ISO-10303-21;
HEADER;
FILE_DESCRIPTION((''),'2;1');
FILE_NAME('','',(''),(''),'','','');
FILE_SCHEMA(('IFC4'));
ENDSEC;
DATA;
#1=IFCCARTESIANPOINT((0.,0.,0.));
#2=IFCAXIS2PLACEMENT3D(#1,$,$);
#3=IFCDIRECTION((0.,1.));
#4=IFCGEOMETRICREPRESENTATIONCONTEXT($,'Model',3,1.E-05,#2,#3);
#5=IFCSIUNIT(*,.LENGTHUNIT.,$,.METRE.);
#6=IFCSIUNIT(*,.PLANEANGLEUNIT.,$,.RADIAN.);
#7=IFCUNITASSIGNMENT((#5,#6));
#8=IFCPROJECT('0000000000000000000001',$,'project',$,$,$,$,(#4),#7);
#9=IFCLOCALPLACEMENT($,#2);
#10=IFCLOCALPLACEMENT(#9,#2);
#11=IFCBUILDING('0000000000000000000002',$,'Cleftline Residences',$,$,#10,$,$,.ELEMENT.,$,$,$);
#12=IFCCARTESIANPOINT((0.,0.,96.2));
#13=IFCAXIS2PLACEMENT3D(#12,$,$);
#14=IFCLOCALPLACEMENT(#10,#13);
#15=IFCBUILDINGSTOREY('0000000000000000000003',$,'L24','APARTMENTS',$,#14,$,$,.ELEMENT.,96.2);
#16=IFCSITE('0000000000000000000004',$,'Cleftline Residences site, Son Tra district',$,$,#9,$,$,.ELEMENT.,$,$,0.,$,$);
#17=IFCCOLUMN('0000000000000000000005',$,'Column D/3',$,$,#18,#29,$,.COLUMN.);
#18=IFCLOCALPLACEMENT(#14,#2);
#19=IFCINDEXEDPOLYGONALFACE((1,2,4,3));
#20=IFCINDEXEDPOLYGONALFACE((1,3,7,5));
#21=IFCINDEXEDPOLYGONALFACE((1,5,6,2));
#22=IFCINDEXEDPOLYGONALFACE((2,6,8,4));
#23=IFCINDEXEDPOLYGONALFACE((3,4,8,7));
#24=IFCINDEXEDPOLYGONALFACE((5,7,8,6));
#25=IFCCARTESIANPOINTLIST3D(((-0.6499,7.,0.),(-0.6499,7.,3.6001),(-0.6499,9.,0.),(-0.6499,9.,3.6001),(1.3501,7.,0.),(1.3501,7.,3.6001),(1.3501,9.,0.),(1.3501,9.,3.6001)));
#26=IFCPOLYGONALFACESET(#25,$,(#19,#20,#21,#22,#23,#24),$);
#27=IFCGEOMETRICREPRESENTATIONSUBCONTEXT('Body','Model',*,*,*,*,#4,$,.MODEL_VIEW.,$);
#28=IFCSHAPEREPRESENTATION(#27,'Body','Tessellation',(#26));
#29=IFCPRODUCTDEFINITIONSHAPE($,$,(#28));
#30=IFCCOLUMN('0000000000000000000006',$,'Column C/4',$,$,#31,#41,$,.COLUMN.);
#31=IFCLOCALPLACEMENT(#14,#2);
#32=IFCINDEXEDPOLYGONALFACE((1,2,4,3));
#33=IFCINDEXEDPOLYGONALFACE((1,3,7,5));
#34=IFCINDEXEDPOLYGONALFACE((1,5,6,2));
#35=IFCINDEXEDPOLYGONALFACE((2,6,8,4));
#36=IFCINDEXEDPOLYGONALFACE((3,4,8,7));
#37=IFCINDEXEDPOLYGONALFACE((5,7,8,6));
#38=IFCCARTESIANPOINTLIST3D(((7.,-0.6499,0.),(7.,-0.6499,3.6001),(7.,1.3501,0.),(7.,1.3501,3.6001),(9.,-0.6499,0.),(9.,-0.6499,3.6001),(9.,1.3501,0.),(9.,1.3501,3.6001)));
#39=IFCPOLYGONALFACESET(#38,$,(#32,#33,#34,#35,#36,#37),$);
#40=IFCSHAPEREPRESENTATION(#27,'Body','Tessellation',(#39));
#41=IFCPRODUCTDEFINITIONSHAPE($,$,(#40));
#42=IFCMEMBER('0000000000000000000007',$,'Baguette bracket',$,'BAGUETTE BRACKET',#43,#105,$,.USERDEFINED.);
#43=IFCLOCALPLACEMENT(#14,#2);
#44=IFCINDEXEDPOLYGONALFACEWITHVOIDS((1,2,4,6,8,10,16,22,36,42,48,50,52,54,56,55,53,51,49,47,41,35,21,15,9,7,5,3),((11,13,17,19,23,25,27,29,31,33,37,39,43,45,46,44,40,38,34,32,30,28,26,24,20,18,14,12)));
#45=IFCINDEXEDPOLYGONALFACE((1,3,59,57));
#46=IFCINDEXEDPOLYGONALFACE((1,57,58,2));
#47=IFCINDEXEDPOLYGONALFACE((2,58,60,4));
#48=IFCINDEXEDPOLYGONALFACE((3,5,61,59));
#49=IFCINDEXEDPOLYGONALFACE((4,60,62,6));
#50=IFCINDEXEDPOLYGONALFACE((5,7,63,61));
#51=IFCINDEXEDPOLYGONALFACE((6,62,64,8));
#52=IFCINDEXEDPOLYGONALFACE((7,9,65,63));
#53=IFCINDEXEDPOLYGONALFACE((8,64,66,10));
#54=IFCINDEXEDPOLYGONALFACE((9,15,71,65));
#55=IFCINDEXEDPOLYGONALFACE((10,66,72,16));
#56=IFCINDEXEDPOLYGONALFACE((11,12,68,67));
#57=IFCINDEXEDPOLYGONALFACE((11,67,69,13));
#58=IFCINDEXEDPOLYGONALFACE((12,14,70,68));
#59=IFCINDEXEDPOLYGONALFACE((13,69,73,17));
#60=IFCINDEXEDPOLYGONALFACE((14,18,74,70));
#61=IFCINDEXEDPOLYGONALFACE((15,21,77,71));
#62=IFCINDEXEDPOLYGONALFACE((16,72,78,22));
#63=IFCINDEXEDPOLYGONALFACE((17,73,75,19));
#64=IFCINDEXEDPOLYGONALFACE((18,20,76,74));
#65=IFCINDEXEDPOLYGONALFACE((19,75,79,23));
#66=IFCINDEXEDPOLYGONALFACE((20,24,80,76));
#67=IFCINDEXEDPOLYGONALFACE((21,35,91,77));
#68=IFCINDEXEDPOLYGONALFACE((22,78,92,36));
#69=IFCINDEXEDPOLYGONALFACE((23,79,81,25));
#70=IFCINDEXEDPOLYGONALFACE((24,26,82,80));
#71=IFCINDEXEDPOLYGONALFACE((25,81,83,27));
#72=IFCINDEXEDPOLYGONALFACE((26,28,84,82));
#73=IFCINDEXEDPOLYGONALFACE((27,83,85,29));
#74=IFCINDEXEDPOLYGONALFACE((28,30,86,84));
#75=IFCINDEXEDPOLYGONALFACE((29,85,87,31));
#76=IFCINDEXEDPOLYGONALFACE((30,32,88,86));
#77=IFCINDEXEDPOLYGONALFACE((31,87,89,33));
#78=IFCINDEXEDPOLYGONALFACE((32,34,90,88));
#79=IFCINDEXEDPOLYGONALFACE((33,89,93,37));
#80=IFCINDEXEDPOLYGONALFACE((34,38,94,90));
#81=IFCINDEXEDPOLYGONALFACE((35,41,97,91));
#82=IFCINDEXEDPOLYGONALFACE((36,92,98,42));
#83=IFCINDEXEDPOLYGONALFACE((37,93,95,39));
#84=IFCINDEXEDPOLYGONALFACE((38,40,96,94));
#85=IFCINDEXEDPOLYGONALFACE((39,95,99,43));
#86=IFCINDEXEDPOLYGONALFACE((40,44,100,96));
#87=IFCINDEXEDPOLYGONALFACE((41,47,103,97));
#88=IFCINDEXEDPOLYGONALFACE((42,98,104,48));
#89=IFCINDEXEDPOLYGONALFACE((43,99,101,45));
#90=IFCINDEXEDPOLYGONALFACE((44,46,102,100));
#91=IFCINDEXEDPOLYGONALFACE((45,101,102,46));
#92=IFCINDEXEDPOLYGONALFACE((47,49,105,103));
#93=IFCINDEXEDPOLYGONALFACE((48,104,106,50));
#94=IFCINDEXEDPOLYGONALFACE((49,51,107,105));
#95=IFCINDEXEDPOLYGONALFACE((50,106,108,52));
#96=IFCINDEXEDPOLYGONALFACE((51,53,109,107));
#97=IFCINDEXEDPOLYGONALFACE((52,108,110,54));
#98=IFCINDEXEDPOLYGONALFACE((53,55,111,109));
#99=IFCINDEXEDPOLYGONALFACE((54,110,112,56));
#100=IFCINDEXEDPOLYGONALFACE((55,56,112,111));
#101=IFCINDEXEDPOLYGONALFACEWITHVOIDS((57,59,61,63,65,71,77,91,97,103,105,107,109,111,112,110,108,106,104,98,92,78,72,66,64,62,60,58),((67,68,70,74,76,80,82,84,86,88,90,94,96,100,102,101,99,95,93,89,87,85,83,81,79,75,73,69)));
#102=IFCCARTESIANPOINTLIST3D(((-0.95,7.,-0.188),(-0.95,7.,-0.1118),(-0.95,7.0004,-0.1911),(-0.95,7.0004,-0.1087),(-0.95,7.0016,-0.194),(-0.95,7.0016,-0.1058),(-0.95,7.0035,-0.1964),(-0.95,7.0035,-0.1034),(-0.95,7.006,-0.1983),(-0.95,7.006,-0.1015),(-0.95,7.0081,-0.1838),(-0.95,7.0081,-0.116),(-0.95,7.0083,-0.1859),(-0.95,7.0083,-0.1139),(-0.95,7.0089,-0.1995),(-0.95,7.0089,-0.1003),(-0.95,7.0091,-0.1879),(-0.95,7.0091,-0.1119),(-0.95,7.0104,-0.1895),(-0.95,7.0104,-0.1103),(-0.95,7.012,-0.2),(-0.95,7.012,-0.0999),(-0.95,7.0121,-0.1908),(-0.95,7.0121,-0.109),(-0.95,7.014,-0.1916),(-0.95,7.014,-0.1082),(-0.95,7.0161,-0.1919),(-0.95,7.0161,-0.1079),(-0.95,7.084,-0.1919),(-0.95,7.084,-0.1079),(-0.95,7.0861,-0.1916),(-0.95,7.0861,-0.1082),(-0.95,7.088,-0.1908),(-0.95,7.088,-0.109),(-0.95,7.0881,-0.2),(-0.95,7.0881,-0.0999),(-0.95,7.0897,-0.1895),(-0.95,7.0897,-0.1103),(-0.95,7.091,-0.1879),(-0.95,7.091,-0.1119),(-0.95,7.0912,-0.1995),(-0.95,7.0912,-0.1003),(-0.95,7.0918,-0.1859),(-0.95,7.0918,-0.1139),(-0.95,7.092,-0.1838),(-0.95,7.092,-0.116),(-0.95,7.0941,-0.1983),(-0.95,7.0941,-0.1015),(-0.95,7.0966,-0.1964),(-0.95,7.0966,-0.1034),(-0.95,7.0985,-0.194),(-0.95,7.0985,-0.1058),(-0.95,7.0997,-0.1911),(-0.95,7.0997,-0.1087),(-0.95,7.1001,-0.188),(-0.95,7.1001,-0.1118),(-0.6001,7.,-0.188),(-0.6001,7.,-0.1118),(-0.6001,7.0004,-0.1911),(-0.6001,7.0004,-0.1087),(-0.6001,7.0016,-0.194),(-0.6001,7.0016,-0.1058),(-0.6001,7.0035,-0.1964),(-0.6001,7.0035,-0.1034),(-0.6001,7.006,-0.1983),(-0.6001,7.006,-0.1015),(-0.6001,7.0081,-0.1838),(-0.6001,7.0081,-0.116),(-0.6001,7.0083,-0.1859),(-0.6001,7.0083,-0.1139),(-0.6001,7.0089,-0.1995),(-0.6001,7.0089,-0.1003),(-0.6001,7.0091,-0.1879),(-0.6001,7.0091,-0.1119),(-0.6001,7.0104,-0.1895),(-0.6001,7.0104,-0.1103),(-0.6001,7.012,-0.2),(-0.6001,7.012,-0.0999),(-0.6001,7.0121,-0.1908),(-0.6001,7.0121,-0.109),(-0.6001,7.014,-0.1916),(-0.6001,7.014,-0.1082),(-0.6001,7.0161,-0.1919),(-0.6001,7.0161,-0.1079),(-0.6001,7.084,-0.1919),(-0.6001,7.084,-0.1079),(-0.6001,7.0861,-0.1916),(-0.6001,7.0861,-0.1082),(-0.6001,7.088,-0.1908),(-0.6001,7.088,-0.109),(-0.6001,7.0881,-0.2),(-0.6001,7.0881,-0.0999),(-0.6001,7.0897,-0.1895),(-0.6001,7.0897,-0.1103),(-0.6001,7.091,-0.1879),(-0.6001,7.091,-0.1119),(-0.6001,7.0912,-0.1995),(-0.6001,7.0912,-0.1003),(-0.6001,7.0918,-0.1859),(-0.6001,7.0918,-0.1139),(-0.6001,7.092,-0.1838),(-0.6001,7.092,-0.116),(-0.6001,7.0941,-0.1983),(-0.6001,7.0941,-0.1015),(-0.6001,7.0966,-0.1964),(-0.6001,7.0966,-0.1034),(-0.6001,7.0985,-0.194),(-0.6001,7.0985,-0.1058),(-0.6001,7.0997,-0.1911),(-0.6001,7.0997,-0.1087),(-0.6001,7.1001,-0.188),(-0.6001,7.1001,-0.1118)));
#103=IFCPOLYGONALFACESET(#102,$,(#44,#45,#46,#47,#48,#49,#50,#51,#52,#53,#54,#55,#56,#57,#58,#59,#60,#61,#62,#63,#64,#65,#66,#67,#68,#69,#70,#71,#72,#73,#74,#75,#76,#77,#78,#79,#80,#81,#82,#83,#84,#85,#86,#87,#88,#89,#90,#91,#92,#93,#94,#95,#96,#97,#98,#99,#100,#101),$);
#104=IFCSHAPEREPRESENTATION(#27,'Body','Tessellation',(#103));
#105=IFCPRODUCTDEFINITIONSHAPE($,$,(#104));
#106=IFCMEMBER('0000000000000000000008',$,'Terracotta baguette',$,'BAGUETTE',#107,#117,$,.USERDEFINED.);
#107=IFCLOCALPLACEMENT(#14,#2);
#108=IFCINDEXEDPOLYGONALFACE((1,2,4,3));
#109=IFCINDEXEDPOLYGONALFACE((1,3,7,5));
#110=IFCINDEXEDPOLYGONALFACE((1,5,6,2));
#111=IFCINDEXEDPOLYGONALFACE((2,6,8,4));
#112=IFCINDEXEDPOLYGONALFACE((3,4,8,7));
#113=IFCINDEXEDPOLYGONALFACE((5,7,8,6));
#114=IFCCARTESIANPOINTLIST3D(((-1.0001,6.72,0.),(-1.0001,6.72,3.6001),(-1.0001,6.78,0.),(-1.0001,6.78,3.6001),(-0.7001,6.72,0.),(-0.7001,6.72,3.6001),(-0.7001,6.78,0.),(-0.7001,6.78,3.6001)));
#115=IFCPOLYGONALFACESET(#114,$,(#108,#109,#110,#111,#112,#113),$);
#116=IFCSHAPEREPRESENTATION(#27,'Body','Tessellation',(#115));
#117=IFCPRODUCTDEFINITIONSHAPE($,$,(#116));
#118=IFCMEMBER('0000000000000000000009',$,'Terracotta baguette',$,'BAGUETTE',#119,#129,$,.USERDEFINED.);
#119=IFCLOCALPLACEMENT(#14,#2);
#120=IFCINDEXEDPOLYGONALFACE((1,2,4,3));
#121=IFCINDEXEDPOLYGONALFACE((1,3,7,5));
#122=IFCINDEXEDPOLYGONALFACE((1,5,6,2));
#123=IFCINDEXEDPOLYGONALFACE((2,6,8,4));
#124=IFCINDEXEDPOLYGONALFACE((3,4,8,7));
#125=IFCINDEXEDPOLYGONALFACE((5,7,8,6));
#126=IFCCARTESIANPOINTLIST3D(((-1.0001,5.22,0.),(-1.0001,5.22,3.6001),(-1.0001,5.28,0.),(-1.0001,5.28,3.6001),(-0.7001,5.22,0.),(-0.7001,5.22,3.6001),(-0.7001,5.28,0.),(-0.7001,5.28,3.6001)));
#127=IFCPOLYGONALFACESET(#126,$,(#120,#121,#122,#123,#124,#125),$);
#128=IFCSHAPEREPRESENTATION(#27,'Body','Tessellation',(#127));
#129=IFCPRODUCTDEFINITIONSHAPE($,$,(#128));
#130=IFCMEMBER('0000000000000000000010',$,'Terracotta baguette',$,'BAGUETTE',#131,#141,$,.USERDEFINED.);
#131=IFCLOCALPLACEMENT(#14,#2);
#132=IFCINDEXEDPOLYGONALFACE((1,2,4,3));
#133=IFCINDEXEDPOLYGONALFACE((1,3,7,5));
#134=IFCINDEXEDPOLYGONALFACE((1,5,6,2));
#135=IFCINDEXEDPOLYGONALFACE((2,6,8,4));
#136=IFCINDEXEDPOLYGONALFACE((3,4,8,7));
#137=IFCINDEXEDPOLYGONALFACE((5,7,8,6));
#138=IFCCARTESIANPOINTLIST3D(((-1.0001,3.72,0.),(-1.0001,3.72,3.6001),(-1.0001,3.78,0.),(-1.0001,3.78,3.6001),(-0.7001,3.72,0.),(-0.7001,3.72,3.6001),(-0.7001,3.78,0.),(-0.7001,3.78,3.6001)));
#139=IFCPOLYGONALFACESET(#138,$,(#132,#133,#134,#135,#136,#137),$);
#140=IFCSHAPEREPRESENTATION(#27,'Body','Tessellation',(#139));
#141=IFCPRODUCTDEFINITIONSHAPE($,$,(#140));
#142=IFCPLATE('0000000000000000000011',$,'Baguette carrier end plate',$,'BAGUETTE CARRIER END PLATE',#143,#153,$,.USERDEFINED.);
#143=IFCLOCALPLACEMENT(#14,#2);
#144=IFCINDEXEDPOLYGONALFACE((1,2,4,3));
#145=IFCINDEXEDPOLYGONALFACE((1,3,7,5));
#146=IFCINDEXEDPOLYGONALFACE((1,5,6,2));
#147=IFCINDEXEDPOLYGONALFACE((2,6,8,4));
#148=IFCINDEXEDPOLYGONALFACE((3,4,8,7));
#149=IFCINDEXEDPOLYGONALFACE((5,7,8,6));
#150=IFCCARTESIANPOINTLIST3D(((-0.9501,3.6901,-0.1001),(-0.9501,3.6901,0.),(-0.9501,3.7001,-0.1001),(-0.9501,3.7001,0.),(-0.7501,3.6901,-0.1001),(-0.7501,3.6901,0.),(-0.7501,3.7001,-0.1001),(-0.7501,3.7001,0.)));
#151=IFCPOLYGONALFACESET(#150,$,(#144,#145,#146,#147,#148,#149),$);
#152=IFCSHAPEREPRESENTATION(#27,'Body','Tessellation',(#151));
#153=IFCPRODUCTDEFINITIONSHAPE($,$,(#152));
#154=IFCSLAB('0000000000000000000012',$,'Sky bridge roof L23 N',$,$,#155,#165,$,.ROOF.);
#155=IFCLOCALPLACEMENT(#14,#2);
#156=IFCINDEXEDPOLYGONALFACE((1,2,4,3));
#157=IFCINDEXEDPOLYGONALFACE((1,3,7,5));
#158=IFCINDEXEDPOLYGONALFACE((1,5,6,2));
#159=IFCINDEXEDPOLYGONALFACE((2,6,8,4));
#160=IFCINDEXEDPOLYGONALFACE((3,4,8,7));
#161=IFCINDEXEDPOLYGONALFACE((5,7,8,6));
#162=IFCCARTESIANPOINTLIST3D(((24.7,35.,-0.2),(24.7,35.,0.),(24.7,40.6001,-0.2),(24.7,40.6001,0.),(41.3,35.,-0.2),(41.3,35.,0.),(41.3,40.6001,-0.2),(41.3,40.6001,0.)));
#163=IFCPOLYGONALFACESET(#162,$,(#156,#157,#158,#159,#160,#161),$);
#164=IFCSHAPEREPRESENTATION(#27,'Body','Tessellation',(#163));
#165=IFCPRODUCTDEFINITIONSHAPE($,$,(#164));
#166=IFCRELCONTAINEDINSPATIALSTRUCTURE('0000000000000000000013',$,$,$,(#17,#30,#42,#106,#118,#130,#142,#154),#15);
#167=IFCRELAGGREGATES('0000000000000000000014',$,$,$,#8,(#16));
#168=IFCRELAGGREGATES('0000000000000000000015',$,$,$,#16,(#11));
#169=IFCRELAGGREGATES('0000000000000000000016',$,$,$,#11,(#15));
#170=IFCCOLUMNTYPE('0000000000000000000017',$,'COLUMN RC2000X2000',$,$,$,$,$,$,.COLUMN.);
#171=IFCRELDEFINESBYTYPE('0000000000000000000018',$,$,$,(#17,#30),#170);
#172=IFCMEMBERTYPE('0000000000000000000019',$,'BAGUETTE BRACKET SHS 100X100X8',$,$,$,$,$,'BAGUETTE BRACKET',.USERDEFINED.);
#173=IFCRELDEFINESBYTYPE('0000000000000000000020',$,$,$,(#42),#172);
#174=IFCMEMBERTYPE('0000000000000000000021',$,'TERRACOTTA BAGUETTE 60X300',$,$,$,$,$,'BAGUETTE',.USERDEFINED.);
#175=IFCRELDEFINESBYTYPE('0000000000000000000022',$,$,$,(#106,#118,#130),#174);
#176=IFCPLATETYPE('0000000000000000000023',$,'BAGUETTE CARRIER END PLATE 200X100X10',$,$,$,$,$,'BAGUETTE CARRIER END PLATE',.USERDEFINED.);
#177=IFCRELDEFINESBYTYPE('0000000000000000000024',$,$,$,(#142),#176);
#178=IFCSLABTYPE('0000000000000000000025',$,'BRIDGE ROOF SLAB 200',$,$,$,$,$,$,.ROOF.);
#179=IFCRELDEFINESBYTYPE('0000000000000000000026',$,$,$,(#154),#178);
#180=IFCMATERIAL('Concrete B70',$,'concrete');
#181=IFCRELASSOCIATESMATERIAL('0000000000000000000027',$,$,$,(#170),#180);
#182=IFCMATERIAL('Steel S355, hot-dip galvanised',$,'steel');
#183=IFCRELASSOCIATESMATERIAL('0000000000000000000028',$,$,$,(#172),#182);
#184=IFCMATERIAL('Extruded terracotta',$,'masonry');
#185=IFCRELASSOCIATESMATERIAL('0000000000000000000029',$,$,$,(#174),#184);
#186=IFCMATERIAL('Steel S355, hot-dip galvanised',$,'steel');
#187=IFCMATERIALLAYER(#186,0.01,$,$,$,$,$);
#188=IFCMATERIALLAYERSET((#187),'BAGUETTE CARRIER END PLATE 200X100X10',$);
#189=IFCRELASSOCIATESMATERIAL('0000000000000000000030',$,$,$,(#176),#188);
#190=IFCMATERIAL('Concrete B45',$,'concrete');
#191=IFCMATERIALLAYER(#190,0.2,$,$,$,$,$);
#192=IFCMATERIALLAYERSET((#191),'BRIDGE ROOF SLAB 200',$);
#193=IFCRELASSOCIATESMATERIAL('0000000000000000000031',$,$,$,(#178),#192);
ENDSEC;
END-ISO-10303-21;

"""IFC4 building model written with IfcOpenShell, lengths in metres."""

from ifc_helpers import new_model, si_unit, direction, frame, origin, origin_2d, place, context, subcontext, project, spatial, polyline, rectangle, hollow_rectangle, outline, extrude, material, layer, layer_set, material_profile, profile_set, type_object, element, save


model = new_model("IFC4")

# Units and contexts
model_context = context("Model", 3, precision=1e-05, world=origin(), true_north=direction((0.0, 1.0)))
body_context = subcontext(model_context, "Body", "Model", "MODEL_VIEW")
ifc_project = project(units=[si_unit("LENGTHUNIT", "METRE"), si_unit("PLANEANGLEUNIT", "RADIAN")], contexts=[model_context])

# Site, building, storey
site_placement = place(None, origin())
site = spatial("IfcSite", under=ifc_project, at=site_placement, Name="Cleftline Residences site, Son Tra district", CompositionType="ELEMENT", RefElevation=0.0)
building_placement = place(site_placement, origin())
building = spatial("IfcBuilding", under=site, at=building_placement, Name="Cleftline Residences", CompositionType="ELEMENT")
storey_placement = place(building_placement, frame((0.0, 0.0, 96.2)))
storey = spatial("IfcBuildingStorey", under=building, at=storey_placement, Name="L24", Description="APARTMENTS", CompositionType="ELEMENT", Elevation=96.2)

# Columns
ifc_material_1 = material(Name="Concrete B70", Category="concrete")
ifc_material_profile_1 = material_profile(ifc_material_1, rectangle(XDim=2.0, YDim=2.0, at=origin_2d()))
ifc_profile_set_1 = profile_set([ifc_material_profile_1], Name="Concrete B70")
column_type = type_object("IfcColumnType", Name="COLUMN RC2000X2000", PredefinedType="COLUMN", material=ifc_profile_set_1)
for number, where, z_axis, x_axis, name in (
    (1, (0.3501, 8.0, 0.0), (0.0, 0.0, 1.0), (1.0, 0.0, 0.0), "Column D/3"),
    (2, (8.0, 0.3501, 0.0), (0.0, 0.0, 1.0), (1.0, 0.0, 0.0), "Column C/4"),
):
    element("IfcColumn", number, at=place(storey_placement, frame(where, z_axis=z_axis, x_axis=x_axis)), inside=storey, type_object=column_type, Name=name, PredefinedType="COLUMN", context=body_context, shape_type="SweptSolid", body=[
        extrude(rectangle(XDim=2.0, YDim=2.0, at=origin_2d()), origin(), (0.0, 0.0, 1.0), 3.6001),
    ])

# Members
ifc_material_2 = material(Name="Steel S355, hot-dip galvanised", Category="steel")
ifc_material_profile_2 = material_profile(ifc_material_2, hollow_rectangle(XDim=0.1001, YDim=0.1001, WallThickness=0.0081, InnerFilletRadius=0.0081, OuterFilletRadius=0.012, at=origin_2d()))
ifc_profile_set_2 = profile_set([ifc_material_profile_2], Name="Steel S355, hot-dip galvanised")
member_type_1 = type_object("IfcMemberType", Name="BAGUETTE BRACKET SHS 100X100X8", ElementType="BAGUETTE BRACKET", PredefinedType="USERDEFINED", material=ifc_profile_set_2)
member_placement = place(storey_placement, frame((-0.6001, 7.05, -0.1499), z_axis=(-1.0, 0.0, 0.0), x_axis=(0.0, -1.0, 0.0)))
element("IfcMember", 3, at=member_placement, inside=storey, type_object=member_type_1, Name="Baguette bracket", ObjectType="BAGUETTE BRACKET", PredefinedType="USERDEFINED", context=body_context, shape_type="SweptSolid", body=[
    extrude(hollow_rectangle(XDim=0.1001, YDim=0.1001, WallThickness=0.0081, InnerFilletRadius=0.0081, OuterFilletRadius=0.012, at=origin_2d()), origin(), (0.0, 0.0, 1.0), 0.3499),
])
ifc_material_3 = material(Name="Extruded terracotta", Category="masonry")
ifc_material_profile_3 = material_profile(ifc_material_3, rectangle(XDim=0.0601, YDim=0.3, at=origin_2d()))
ifc_profile_set_3 = profile_set([ifc_material_profile_3], Name="Extruded terracotta")
member_type_2 = type_object("IfcMemberType", Name="TERRACOTTA BAGUETTE 60X300", ElementType="BAGUETTE", PredefinedType="USERDEFINED", material=ifc_profile_set_3)
for number, where, z_axis, x_axis, name in (
    (4, (-0.8501, 6.75, 0.0), (0.0, 0.0, 1.0), (0.0, 1.0, 0.0), "Terracotta baguette"),
    (5, (-0.8501, 5.25, 0.0), (0.0, 0.0, 1.0), (0.0, 1.0, 0.0), "Terracotta baguette"),
    (6, (-0.8501, 3.75, 0.0), (0.0, 0.0, 1.0), (0.0, 1.0, 0.0), "Terracotta baguette"),
):
    element("IfcMember", number, at=place(storey_placement, frame(where, z_axis=z_axis, x_axis=x_axis)), inside=storey, type_object=member_type_2, Name=name, ObjectType="BAGUETTE", PredefinedType="USERDEFINED", context=body_context, shape_type="SweptSolid", body=[
        extrude(rectangle(XDim=0.0601, YDim=0.3, at=origin_2d()), origin(), (0.0, 0.0, 1.0), 3.6001),
    ])

# Plate
ifc_material_4 = material(Name="Steel S355, hot-dip galvanised", Category="steel")
ifc_layer_1 = layer(ifc_material_4, 0.01)
ifc_layer_set_1 = layer_set([ifc_layer_1], Name="BAGUETTE CARRIER END PLATE 200X100X10")
plate_type = type_object("IfcPlateType", Name="BAGUETTE CARRIER END PLATE 200X100X10", ElementType="BAGUETTE CARRIER END PLATE", PredefinedType="USERDEFINED", material=ifc_layer_set_1)
plate_placement = place(storey_placement, frame((-0.8501, 3.6951, -0.1001), z_axis=(0.0, 0.0, 1.0), x_axis=(-1.0, 0.0, 0.0)))
element("IfcPlate", 7, at=plate_placement, inside=storey, type_object=plate_type, Name="Baguette carrier end plate", ObjectType="BAGUETTE CARRIER END PLATE", PredefinedType="USERDEFINED", context=body_context, shape_type="SweptSolid", body=[
    extrude(rectangle(XDim=0.2, YDim=0.01, at=origin_2d()), origin(), (0.0, 0.0, 1.0), 0.1001),
])

# Slab
ifc_material_5 = material(Name="Concrete B45", Category="concrete")
ifc_layer_2 = layer(ifc_material_5, 0.2)
ifc_layer_set_2 = layer_set([ifc_layer_2], Name="BRIDGE ROOF SLAB 200")
slab_type_1 = type_object("IfcSlabType", Name="BRIDGE ROOF SLAB 200", PredefinedType="ROOF", material=ifc_layer_set_2)
slab_1_placement = place(storey_placement, frame((0.0, 0.0, -0.2)))
element("IfcSlab", 8, at=slab_1_placement, inside=storey, type_object=slab_type_1, Name="Sky bridge roof L23 N", PredefinedType="ROOF", context=body_context, shape_type="SweptSolid", body=[
    extrude(outline(polyline([(41.3, 35.0), (41.3, 40.6001), (24.7, 40.6001), (24.7, 35.0), (41.3, 35.0)])), origin(), (0.0, 0.0, 1.0), 0.2),
])

save(model, "model.ifc")
